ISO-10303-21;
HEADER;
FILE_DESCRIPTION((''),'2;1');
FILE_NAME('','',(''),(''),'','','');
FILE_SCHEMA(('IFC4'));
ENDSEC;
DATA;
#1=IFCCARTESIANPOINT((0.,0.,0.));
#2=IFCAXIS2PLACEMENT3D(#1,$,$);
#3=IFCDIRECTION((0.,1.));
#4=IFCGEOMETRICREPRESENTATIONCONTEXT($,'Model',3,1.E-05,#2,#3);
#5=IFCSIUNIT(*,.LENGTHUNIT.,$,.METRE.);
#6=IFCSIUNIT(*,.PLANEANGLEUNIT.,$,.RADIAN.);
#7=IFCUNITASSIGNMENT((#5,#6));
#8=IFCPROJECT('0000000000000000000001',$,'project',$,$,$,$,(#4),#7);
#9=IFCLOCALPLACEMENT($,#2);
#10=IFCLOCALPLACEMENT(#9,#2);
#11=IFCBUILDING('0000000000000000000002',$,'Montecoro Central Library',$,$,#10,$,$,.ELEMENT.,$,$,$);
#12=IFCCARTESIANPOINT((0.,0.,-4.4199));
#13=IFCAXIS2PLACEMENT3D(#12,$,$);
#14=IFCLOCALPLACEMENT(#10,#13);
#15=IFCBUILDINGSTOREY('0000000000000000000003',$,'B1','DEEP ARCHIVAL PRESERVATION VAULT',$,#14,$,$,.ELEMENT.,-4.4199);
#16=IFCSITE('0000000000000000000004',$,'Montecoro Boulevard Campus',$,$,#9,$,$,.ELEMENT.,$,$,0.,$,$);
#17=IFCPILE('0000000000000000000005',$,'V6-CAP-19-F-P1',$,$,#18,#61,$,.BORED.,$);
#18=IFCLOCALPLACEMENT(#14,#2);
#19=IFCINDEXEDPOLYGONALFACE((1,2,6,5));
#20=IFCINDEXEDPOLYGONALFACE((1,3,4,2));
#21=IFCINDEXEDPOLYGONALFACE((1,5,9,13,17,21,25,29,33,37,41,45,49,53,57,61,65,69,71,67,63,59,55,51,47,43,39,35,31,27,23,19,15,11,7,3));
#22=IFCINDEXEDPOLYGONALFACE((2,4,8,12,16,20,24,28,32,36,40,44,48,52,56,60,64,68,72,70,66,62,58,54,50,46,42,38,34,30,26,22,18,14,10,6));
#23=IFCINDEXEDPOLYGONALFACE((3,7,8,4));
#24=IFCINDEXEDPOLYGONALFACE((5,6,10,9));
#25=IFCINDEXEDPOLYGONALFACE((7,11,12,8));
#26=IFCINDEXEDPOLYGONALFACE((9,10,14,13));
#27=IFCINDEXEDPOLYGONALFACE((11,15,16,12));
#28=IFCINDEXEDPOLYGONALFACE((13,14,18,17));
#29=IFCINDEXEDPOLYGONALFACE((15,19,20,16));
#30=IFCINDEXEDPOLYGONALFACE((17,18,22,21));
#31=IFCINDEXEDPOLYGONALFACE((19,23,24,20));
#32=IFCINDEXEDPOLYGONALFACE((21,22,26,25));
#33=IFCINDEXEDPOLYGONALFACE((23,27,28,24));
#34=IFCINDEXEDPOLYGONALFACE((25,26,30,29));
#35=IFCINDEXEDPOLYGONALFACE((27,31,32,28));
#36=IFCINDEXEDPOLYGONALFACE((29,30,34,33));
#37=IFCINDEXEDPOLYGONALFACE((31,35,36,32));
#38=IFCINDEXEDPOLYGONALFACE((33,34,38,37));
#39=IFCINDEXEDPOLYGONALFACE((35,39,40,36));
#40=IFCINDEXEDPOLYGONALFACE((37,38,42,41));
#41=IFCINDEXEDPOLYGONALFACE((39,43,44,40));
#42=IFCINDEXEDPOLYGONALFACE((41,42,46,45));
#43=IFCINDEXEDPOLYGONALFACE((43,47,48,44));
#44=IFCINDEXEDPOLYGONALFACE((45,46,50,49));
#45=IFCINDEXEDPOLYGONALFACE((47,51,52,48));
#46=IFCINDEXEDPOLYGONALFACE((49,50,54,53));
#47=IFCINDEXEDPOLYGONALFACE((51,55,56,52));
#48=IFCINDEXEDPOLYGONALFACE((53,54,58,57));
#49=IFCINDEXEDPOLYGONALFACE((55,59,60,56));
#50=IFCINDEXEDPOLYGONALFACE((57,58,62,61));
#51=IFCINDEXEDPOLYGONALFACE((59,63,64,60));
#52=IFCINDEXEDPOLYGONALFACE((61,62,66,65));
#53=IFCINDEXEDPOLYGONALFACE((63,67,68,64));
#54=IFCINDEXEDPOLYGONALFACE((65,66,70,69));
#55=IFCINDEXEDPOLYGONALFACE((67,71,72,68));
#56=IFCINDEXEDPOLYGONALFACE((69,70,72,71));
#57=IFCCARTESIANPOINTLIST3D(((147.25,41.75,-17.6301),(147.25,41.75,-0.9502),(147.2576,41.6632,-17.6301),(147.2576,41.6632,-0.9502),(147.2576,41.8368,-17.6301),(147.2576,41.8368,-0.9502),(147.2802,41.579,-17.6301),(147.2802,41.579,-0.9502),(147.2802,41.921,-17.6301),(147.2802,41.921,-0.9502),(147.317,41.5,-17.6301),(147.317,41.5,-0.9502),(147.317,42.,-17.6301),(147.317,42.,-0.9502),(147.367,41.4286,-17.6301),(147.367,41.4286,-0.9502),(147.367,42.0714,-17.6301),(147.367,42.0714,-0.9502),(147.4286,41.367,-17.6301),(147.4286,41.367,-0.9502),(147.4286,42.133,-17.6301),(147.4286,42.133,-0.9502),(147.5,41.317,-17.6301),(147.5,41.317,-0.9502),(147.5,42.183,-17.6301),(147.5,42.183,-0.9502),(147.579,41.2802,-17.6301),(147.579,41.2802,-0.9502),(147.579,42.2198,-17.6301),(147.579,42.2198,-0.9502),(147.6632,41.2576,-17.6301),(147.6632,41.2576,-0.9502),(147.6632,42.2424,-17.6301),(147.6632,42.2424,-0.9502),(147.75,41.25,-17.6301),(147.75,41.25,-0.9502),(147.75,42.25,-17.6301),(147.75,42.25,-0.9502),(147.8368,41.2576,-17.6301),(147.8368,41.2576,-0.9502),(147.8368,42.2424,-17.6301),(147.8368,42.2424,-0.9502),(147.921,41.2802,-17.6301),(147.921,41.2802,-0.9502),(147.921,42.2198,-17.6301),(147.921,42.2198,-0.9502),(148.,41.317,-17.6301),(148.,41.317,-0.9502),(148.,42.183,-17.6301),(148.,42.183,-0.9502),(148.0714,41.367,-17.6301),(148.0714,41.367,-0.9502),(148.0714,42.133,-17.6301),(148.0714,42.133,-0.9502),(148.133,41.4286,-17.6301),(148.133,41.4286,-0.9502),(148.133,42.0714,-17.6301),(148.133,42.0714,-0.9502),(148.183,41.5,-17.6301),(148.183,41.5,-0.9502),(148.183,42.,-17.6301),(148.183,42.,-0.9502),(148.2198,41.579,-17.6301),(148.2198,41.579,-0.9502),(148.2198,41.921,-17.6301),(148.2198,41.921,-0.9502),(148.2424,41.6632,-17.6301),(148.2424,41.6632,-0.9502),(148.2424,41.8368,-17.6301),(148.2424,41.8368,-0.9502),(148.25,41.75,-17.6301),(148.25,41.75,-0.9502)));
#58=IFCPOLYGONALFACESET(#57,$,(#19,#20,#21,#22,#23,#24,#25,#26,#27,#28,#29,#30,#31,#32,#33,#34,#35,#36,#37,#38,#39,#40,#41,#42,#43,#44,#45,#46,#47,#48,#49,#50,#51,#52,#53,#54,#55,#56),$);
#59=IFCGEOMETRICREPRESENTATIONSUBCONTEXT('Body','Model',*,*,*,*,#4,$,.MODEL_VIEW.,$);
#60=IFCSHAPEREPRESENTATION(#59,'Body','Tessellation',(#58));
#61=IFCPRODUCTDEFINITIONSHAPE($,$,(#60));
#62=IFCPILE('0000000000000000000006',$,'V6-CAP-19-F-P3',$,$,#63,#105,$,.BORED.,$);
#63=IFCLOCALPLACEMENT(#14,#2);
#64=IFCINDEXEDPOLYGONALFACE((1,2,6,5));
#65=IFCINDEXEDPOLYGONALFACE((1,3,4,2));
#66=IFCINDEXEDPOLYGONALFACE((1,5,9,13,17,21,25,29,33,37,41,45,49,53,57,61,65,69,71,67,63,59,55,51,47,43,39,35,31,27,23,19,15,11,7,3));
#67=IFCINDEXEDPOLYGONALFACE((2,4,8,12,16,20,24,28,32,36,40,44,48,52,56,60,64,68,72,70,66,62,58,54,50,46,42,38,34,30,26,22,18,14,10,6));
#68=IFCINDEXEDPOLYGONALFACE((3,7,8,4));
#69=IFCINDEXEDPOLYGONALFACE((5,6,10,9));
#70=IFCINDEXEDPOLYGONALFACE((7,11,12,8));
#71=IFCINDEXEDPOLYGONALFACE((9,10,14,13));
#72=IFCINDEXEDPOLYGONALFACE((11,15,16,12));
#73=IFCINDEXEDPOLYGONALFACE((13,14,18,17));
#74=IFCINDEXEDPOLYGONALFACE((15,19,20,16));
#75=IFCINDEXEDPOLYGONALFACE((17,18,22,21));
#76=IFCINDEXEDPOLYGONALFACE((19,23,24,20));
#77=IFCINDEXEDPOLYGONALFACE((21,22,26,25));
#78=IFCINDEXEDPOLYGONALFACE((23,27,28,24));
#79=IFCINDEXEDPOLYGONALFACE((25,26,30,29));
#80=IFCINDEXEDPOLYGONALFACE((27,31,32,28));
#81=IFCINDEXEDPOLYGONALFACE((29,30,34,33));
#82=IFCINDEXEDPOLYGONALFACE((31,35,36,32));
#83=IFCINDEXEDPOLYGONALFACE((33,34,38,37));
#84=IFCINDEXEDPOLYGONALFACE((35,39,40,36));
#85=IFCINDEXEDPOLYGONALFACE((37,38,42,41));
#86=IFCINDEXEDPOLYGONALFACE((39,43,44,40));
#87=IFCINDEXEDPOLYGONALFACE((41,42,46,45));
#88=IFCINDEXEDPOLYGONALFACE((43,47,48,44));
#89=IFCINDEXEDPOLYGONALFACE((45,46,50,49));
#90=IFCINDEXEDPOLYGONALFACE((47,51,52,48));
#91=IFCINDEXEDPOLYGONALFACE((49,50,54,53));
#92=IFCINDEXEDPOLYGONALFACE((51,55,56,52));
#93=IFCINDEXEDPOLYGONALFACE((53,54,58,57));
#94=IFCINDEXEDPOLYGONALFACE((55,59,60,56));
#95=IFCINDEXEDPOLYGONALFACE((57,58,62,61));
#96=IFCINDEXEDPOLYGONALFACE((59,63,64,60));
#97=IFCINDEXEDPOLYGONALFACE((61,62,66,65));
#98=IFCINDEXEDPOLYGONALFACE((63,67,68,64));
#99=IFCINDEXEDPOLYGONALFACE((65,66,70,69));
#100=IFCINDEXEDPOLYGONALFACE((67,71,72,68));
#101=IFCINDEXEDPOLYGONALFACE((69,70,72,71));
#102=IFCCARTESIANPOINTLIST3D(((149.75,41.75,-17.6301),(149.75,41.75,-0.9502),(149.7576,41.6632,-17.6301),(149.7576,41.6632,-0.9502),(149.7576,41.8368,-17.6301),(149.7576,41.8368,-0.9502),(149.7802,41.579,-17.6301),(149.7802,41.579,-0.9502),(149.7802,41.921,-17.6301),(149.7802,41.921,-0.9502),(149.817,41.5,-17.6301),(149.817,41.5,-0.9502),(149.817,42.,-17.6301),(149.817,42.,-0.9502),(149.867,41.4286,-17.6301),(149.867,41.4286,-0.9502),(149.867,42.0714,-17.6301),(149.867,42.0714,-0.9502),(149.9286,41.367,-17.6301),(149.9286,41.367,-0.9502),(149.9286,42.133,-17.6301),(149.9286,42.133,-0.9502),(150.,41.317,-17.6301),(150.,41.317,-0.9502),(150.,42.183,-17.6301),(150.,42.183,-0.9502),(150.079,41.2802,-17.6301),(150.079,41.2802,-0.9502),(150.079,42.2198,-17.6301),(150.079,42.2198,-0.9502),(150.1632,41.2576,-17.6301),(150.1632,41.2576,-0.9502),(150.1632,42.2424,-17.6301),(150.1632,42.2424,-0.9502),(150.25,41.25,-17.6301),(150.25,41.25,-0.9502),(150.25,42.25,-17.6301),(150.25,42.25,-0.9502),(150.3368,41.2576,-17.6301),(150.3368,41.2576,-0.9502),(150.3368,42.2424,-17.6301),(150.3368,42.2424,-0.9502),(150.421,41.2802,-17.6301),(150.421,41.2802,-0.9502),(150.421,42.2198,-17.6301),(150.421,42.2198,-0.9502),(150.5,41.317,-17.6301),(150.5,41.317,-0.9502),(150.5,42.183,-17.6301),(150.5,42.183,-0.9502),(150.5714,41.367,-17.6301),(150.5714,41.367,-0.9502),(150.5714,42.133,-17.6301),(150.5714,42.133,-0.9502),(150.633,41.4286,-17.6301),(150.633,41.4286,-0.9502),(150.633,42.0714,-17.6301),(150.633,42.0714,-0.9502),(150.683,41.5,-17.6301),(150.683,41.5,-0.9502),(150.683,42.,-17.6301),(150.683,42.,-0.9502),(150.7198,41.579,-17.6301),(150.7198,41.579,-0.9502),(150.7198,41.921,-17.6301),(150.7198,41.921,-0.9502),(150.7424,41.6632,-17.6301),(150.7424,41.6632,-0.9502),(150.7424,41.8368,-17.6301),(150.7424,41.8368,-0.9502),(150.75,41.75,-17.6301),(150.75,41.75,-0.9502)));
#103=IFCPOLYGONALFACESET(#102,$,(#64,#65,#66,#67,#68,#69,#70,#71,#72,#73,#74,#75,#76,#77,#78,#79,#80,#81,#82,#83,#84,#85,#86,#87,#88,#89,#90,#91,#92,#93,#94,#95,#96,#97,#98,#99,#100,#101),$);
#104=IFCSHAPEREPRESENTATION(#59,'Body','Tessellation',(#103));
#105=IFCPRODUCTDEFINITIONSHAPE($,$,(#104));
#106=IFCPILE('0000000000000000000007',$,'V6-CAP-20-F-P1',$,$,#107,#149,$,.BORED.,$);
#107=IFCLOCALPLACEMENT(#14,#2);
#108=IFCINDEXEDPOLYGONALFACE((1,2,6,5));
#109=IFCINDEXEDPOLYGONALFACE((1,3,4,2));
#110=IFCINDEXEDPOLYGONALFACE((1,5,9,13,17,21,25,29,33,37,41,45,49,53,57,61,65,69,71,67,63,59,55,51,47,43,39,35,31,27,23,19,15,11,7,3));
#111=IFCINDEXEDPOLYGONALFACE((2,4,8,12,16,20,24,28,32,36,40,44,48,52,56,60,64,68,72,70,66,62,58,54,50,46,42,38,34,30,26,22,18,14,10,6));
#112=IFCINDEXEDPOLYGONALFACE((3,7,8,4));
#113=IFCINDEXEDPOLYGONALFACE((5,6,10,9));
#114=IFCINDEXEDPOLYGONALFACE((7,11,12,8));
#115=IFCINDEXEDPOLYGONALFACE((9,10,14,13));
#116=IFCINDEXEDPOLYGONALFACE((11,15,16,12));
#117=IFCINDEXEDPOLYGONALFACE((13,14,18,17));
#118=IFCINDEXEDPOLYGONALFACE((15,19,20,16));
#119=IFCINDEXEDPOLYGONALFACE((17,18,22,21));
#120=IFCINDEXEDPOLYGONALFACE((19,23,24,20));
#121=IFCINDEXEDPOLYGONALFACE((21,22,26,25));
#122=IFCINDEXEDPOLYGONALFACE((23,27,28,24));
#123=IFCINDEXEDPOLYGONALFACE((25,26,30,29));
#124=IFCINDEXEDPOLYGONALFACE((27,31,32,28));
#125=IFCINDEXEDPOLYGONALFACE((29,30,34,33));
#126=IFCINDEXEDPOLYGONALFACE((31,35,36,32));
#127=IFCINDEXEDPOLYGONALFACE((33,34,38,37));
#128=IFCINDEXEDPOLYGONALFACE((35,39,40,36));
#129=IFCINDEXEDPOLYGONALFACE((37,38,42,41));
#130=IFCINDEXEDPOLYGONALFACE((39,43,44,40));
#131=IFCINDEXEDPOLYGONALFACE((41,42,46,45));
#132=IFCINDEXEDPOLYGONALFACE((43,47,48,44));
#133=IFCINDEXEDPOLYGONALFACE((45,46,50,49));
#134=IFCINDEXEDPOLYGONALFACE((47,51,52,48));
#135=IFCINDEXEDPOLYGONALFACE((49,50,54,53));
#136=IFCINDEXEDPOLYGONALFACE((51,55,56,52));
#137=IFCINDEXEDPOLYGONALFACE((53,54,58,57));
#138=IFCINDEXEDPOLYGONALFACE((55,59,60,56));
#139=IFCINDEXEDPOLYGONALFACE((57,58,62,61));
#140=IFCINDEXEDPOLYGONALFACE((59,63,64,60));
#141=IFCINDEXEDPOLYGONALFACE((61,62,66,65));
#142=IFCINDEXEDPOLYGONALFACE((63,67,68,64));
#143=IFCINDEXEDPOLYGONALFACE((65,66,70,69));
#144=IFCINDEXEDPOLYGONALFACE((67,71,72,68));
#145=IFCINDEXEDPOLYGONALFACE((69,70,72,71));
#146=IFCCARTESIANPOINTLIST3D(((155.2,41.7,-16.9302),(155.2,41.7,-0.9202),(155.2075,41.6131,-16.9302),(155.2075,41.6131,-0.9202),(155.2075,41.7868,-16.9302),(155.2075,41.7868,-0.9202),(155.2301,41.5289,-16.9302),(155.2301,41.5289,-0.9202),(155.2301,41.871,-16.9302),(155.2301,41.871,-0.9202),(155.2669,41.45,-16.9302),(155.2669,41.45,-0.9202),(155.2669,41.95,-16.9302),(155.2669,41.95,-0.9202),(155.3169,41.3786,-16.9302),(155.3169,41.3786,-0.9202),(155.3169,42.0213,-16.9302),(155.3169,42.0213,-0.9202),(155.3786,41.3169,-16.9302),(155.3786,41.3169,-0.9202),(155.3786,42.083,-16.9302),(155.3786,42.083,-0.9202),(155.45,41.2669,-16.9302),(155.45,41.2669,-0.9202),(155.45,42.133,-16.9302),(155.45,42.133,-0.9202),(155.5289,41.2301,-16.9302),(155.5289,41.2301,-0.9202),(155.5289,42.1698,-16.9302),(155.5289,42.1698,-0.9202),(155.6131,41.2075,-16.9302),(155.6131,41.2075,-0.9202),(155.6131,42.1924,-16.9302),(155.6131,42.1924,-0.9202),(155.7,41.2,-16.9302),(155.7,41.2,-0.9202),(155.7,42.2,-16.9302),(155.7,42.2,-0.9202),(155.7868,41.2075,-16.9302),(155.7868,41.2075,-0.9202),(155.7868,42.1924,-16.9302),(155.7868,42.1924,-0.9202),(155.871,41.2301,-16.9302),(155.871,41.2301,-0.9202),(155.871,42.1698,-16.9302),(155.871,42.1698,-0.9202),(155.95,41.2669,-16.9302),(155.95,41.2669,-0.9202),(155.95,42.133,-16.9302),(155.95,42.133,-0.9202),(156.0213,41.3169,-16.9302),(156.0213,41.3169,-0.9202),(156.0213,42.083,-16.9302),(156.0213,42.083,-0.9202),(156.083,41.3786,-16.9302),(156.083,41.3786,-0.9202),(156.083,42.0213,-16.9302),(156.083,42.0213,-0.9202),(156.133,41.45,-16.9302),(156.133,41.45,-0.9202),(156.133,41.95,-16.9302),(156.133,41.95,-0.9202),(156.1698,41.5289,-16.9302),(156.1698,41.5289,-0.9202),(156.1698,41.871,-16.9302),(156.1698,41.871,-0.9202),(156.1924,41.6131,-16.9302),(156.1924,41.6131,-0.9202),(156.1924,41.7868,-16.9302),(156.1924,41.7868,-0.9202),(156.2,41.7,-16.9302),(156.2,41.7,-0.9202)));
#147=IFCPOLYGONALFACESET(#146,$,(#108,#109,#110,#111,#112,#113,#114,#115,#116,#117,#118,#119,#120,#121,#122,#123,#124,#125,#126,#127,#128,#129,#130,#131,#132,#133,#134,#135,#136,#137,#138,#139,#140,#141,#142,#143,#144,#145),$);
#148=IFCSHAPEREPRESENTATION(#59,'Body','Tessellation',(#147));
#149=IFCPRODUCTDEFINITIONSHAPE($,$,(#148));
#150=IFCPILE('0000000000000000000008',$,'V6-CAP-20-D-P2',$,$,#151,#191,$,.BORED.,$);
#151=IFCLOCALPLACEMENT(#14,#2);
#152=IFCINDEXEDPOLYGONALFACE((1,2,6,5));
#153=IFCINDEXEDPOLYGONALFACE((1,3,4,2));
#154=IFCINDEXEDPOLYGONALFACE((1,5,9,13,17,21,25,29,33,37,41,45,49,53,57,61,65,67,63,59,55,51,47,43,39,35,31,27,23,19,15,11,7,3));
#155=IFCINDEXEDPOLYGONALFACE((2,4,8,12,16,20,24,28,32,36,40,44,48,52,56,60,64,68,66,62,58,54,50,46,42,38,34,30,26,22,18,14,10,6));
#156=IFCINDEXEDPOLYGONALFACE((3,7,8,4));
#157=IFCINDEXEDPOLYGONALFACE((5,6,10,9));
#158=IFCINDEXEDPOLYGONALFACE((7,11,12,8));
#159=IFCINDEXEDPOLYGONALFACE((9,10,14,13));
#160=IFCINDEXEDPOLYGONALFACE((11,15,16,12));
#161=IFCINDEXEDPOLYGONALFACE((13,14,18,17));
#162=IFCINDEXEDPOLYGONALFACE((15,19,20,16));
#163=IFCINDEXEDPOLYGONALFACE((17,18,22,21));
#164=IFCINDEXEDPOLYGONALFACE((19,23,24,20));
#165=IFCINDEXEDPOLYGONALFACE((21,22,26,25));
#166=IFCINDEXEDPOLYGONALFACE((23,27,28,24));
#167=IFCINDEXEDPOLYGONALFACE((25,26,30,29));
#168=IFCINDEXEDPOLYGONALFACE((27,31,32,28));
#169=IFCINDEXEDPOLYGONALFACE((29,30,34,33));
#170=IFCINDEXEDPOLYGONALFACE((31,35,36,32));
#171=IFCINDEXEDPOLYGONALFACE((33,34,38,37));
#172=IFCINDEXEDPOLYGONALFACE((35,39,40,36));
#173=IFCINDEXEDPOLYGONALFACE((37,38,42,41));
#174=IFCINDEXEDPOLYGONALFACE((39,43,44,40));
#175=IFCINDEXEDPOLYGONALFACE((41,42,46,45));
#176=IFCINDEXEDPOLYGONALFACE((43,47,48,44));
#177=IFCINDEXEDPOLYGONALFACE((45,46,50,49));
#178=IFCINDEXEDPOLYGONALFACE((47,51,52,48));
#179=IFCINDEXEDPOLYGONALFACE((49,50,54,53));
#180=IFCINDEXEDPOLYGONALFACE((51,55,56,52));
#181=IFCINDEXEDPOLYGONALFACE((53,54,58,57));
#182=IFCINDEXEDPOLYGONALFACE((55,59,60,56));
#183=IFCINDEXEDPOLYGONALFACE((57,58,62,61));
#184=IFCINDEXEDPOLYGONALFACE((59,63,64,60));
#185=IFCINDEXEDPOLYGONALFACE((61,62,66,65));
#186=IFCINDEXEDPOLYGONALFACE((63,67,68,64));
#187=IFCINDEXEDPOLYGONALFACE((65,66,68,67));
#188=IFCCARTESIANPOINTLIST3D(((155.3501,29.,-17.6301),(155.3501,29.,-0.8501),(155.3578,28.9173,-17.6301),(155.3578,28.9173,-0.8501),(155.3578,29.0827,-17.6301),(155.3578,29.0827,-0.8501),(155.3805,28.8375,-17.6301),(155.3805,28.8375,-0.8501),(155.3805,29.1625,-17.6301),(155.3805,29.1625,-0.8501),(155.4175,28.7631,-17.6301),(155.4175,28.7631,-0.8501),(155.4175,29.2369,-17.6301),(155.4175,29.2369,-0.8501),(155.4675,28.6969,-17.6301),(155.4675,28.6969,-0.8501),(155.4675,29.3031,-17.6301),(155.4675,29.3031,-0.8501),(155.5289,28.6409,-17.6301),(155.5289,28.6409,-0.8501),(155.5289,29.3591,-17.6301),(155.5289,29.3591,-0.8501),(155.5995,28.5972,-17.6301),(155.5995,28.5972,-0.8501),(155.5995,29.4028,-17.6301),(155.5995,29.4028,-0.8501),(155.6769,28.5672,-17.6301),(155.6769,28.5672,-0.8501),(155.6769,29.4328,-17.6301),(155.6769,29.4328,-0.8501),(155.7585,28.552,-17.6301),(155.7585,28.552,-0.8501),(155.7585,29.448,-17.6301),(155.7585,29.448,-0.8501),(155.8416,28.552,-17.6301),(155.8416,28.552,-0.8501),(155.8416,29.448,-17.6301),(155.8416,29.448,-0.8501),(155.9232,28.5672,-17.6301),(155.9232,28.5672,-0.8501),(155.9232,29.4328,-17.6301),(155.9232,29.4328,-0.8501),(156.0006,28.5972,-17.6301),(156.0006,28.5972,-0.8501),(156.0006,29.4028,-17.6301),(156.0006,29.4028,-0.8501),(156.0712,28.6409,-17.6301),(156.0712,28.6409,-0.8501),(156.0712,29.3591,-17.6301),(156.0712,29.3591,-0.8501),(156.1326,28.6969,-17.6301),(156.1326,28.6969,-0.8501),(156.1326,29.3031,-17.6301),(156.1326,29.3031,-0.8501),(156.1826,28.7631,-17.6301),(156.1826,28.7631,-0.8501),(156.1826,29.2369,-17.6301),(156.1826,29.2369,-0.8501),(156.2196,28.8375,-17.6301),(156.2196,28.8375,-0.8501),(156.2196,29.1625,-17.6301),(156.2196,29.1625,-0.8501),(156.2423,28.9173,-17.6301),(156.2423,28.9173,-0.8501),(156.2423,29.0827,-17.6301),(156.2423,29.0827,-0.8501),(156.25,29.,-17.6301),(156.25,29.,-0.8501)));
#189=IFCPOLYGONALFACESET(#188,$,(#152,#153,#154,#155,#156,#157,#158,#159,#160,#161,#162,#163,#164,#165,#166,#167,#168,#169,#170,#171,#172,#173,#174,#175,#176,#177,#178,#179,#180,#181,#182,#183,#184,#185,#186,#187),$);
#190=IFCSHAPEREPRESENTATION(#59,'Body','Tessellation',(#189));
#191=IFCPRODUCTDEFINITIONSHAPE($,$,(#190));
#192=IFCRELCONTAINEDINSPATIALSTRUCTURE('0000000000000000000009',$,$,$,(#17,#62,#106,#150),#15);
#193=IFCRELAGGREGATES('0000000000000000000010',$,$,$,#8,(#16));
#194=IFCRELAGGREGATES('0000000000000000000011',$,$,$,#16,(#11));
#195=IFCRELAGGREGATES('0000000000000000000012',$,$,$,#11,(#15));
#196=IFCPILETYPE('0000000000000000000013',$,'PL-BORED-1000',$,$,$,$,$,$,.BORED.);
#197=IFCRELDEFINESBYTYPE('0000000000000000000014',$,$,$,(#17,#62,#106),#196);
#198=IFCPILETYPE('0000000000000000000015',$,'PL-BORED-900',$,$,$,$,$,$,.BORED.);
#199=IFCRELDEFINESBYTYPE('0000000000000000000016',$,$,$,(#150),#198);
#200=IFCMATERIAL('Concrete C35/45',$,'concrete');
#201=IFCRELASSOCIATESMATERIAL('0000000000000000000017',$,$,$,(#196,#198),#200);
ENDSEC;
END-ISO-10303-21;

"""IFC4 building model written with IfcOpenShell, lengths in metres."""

from ifc_helpers import new_model, si_unit, direction, frame, origin, origin_2d, place, context, subcontext, project, spatial, circle, extrude, material, material_profile, profile_set, type_object, element, save


model = new_model("IFC4")

# Units and contexts
model_context = context("Model", 3, precision=1e-05, world=origin(), true_north=direction((0.0, 1.0)))
body_context = subcontext(model_context, "Body", "Model", "MODEL_VIEW")
ifc_project = project(units=[si_unit("LENGTHUNIT", "METRE"), si_unit("PLANEANGLEUNIT", "RADIAN")], contexts=[model_context])

# Site, building, storey
site_placement = place(None, origin())
site = spatial("IfcSite", under=ifc_project, at=site_placement, Name="Montecoro Boulevard Campus", CompositionType="ELEMENT", RefElevation=0.0)
building_placement = place(site_placement, origin())
building = spatial("IfcBuilding", under=site, at=building_placement, Name="Montecoro Central Library", CompositionType="ELEMENT")
storey_placement = place(building_placement, frame((0.0, 0.0, -4.4199)))
storey = spatial("IfcBuildingStorey", under=building, at=storey_placement, Name="B1", Description="DEEP ARCHIVAL PRESERVATION VAULT", CompositionType="ELEMENT", Elevation=-4.4199)

# Shared definitions
ifc_material_1 = material(Name="Concrete C35/45", Category="concrete")

# Piles
ifc_material_profile_1 = material_profile(ifc_material_1, circle(Radius=0.5, at=origin_2d()), Name="PILE D1000")
ifc_profile_set_1 = profile_set([ifc_material_profile_1], Name="Concrete C35/45")
pile_type_1 = type_object("IfcPileType", Name="PL-BORED-1000", PredefinedType="BORED", material=ifc_profile_set_1)
for number, where, z_axis, x_axis, name in (
    (1, (147.75, 41.75, -0.9502), (0.0, 0.0, -1.0), (1.0, 0.0, 0.0), "V6-CAP-19-F-P1"),
    (2, (150.25, 41.75, -0.9502), (0.0, 0.0, -1.0), (1.0, 0.0, 0.0), "V6-CAP-19-F-P3"),
):
    element("IfcPile", number, at=place(storey_placement, frame(where, z_axis=z_axis, x_axis=x_axis)), inside=storey, type_object=pile_type_1, Name=name, PredefinedType="BORED", context=body_context, shape_type="SweptSolid", body=[
        extrude(circle(Radius=0.5, at=origin_2d()), origin(), (0.0, 0.0, 1.0), 16.6799),
    ])
pile_1_placement = place(storey_placement, frame((155.7, 41.7, -0.9202), z_axis=(0.0, 0.0, -1.0), x_axis=(1.0, 0.0, 0.0)))
element("IfcPile", 3, at=pile_1_placement, inside=storey, type_object=pile_type_1, Name="V6-CAP-20-F-P1", PredefinedType="BORED", context=body_context, shape_type="SweptSolid", body=[
    extrude(circle(Radius=0.5, at=origin_2d()), origin(), (0.0, 0.0, 1.0), 16.01),
])
ifc_material_profile_2 = material_profile(ifc_material_1, circle(Radius=0.45, at=origin_2d()), Name="PILE D900")
ifc_profile_set_2 = profile_set([ifc_material_profile_2], Name="Concrete C35/45")
pile_type_2 = type_object("IfcPileType", Name="PL-BORED-900", PredefinedType="BORED", material=ifc_profile_set_2)
pile_2_placement = place(storey_placement, frame((155.8, 29.0, -0.8501), z_axis=(0.0, 0.0, -1.0), x_axis=(1.0, 0.0, 0.0)))
element("IfcPile", 4, at=pile_2_placement, inside=storey, type_object=pile_type_2, Name="V6-CAP-20-D-P2", PredefinedType="BORED", context=body_context, shape_type="SweptSolid", body=[
    extrude(circle(Radius=0.45, at=origin_2d()), origin(), (0.0, 0.0, 1.0), 16.78),
])

save(model, "model.ifc")
